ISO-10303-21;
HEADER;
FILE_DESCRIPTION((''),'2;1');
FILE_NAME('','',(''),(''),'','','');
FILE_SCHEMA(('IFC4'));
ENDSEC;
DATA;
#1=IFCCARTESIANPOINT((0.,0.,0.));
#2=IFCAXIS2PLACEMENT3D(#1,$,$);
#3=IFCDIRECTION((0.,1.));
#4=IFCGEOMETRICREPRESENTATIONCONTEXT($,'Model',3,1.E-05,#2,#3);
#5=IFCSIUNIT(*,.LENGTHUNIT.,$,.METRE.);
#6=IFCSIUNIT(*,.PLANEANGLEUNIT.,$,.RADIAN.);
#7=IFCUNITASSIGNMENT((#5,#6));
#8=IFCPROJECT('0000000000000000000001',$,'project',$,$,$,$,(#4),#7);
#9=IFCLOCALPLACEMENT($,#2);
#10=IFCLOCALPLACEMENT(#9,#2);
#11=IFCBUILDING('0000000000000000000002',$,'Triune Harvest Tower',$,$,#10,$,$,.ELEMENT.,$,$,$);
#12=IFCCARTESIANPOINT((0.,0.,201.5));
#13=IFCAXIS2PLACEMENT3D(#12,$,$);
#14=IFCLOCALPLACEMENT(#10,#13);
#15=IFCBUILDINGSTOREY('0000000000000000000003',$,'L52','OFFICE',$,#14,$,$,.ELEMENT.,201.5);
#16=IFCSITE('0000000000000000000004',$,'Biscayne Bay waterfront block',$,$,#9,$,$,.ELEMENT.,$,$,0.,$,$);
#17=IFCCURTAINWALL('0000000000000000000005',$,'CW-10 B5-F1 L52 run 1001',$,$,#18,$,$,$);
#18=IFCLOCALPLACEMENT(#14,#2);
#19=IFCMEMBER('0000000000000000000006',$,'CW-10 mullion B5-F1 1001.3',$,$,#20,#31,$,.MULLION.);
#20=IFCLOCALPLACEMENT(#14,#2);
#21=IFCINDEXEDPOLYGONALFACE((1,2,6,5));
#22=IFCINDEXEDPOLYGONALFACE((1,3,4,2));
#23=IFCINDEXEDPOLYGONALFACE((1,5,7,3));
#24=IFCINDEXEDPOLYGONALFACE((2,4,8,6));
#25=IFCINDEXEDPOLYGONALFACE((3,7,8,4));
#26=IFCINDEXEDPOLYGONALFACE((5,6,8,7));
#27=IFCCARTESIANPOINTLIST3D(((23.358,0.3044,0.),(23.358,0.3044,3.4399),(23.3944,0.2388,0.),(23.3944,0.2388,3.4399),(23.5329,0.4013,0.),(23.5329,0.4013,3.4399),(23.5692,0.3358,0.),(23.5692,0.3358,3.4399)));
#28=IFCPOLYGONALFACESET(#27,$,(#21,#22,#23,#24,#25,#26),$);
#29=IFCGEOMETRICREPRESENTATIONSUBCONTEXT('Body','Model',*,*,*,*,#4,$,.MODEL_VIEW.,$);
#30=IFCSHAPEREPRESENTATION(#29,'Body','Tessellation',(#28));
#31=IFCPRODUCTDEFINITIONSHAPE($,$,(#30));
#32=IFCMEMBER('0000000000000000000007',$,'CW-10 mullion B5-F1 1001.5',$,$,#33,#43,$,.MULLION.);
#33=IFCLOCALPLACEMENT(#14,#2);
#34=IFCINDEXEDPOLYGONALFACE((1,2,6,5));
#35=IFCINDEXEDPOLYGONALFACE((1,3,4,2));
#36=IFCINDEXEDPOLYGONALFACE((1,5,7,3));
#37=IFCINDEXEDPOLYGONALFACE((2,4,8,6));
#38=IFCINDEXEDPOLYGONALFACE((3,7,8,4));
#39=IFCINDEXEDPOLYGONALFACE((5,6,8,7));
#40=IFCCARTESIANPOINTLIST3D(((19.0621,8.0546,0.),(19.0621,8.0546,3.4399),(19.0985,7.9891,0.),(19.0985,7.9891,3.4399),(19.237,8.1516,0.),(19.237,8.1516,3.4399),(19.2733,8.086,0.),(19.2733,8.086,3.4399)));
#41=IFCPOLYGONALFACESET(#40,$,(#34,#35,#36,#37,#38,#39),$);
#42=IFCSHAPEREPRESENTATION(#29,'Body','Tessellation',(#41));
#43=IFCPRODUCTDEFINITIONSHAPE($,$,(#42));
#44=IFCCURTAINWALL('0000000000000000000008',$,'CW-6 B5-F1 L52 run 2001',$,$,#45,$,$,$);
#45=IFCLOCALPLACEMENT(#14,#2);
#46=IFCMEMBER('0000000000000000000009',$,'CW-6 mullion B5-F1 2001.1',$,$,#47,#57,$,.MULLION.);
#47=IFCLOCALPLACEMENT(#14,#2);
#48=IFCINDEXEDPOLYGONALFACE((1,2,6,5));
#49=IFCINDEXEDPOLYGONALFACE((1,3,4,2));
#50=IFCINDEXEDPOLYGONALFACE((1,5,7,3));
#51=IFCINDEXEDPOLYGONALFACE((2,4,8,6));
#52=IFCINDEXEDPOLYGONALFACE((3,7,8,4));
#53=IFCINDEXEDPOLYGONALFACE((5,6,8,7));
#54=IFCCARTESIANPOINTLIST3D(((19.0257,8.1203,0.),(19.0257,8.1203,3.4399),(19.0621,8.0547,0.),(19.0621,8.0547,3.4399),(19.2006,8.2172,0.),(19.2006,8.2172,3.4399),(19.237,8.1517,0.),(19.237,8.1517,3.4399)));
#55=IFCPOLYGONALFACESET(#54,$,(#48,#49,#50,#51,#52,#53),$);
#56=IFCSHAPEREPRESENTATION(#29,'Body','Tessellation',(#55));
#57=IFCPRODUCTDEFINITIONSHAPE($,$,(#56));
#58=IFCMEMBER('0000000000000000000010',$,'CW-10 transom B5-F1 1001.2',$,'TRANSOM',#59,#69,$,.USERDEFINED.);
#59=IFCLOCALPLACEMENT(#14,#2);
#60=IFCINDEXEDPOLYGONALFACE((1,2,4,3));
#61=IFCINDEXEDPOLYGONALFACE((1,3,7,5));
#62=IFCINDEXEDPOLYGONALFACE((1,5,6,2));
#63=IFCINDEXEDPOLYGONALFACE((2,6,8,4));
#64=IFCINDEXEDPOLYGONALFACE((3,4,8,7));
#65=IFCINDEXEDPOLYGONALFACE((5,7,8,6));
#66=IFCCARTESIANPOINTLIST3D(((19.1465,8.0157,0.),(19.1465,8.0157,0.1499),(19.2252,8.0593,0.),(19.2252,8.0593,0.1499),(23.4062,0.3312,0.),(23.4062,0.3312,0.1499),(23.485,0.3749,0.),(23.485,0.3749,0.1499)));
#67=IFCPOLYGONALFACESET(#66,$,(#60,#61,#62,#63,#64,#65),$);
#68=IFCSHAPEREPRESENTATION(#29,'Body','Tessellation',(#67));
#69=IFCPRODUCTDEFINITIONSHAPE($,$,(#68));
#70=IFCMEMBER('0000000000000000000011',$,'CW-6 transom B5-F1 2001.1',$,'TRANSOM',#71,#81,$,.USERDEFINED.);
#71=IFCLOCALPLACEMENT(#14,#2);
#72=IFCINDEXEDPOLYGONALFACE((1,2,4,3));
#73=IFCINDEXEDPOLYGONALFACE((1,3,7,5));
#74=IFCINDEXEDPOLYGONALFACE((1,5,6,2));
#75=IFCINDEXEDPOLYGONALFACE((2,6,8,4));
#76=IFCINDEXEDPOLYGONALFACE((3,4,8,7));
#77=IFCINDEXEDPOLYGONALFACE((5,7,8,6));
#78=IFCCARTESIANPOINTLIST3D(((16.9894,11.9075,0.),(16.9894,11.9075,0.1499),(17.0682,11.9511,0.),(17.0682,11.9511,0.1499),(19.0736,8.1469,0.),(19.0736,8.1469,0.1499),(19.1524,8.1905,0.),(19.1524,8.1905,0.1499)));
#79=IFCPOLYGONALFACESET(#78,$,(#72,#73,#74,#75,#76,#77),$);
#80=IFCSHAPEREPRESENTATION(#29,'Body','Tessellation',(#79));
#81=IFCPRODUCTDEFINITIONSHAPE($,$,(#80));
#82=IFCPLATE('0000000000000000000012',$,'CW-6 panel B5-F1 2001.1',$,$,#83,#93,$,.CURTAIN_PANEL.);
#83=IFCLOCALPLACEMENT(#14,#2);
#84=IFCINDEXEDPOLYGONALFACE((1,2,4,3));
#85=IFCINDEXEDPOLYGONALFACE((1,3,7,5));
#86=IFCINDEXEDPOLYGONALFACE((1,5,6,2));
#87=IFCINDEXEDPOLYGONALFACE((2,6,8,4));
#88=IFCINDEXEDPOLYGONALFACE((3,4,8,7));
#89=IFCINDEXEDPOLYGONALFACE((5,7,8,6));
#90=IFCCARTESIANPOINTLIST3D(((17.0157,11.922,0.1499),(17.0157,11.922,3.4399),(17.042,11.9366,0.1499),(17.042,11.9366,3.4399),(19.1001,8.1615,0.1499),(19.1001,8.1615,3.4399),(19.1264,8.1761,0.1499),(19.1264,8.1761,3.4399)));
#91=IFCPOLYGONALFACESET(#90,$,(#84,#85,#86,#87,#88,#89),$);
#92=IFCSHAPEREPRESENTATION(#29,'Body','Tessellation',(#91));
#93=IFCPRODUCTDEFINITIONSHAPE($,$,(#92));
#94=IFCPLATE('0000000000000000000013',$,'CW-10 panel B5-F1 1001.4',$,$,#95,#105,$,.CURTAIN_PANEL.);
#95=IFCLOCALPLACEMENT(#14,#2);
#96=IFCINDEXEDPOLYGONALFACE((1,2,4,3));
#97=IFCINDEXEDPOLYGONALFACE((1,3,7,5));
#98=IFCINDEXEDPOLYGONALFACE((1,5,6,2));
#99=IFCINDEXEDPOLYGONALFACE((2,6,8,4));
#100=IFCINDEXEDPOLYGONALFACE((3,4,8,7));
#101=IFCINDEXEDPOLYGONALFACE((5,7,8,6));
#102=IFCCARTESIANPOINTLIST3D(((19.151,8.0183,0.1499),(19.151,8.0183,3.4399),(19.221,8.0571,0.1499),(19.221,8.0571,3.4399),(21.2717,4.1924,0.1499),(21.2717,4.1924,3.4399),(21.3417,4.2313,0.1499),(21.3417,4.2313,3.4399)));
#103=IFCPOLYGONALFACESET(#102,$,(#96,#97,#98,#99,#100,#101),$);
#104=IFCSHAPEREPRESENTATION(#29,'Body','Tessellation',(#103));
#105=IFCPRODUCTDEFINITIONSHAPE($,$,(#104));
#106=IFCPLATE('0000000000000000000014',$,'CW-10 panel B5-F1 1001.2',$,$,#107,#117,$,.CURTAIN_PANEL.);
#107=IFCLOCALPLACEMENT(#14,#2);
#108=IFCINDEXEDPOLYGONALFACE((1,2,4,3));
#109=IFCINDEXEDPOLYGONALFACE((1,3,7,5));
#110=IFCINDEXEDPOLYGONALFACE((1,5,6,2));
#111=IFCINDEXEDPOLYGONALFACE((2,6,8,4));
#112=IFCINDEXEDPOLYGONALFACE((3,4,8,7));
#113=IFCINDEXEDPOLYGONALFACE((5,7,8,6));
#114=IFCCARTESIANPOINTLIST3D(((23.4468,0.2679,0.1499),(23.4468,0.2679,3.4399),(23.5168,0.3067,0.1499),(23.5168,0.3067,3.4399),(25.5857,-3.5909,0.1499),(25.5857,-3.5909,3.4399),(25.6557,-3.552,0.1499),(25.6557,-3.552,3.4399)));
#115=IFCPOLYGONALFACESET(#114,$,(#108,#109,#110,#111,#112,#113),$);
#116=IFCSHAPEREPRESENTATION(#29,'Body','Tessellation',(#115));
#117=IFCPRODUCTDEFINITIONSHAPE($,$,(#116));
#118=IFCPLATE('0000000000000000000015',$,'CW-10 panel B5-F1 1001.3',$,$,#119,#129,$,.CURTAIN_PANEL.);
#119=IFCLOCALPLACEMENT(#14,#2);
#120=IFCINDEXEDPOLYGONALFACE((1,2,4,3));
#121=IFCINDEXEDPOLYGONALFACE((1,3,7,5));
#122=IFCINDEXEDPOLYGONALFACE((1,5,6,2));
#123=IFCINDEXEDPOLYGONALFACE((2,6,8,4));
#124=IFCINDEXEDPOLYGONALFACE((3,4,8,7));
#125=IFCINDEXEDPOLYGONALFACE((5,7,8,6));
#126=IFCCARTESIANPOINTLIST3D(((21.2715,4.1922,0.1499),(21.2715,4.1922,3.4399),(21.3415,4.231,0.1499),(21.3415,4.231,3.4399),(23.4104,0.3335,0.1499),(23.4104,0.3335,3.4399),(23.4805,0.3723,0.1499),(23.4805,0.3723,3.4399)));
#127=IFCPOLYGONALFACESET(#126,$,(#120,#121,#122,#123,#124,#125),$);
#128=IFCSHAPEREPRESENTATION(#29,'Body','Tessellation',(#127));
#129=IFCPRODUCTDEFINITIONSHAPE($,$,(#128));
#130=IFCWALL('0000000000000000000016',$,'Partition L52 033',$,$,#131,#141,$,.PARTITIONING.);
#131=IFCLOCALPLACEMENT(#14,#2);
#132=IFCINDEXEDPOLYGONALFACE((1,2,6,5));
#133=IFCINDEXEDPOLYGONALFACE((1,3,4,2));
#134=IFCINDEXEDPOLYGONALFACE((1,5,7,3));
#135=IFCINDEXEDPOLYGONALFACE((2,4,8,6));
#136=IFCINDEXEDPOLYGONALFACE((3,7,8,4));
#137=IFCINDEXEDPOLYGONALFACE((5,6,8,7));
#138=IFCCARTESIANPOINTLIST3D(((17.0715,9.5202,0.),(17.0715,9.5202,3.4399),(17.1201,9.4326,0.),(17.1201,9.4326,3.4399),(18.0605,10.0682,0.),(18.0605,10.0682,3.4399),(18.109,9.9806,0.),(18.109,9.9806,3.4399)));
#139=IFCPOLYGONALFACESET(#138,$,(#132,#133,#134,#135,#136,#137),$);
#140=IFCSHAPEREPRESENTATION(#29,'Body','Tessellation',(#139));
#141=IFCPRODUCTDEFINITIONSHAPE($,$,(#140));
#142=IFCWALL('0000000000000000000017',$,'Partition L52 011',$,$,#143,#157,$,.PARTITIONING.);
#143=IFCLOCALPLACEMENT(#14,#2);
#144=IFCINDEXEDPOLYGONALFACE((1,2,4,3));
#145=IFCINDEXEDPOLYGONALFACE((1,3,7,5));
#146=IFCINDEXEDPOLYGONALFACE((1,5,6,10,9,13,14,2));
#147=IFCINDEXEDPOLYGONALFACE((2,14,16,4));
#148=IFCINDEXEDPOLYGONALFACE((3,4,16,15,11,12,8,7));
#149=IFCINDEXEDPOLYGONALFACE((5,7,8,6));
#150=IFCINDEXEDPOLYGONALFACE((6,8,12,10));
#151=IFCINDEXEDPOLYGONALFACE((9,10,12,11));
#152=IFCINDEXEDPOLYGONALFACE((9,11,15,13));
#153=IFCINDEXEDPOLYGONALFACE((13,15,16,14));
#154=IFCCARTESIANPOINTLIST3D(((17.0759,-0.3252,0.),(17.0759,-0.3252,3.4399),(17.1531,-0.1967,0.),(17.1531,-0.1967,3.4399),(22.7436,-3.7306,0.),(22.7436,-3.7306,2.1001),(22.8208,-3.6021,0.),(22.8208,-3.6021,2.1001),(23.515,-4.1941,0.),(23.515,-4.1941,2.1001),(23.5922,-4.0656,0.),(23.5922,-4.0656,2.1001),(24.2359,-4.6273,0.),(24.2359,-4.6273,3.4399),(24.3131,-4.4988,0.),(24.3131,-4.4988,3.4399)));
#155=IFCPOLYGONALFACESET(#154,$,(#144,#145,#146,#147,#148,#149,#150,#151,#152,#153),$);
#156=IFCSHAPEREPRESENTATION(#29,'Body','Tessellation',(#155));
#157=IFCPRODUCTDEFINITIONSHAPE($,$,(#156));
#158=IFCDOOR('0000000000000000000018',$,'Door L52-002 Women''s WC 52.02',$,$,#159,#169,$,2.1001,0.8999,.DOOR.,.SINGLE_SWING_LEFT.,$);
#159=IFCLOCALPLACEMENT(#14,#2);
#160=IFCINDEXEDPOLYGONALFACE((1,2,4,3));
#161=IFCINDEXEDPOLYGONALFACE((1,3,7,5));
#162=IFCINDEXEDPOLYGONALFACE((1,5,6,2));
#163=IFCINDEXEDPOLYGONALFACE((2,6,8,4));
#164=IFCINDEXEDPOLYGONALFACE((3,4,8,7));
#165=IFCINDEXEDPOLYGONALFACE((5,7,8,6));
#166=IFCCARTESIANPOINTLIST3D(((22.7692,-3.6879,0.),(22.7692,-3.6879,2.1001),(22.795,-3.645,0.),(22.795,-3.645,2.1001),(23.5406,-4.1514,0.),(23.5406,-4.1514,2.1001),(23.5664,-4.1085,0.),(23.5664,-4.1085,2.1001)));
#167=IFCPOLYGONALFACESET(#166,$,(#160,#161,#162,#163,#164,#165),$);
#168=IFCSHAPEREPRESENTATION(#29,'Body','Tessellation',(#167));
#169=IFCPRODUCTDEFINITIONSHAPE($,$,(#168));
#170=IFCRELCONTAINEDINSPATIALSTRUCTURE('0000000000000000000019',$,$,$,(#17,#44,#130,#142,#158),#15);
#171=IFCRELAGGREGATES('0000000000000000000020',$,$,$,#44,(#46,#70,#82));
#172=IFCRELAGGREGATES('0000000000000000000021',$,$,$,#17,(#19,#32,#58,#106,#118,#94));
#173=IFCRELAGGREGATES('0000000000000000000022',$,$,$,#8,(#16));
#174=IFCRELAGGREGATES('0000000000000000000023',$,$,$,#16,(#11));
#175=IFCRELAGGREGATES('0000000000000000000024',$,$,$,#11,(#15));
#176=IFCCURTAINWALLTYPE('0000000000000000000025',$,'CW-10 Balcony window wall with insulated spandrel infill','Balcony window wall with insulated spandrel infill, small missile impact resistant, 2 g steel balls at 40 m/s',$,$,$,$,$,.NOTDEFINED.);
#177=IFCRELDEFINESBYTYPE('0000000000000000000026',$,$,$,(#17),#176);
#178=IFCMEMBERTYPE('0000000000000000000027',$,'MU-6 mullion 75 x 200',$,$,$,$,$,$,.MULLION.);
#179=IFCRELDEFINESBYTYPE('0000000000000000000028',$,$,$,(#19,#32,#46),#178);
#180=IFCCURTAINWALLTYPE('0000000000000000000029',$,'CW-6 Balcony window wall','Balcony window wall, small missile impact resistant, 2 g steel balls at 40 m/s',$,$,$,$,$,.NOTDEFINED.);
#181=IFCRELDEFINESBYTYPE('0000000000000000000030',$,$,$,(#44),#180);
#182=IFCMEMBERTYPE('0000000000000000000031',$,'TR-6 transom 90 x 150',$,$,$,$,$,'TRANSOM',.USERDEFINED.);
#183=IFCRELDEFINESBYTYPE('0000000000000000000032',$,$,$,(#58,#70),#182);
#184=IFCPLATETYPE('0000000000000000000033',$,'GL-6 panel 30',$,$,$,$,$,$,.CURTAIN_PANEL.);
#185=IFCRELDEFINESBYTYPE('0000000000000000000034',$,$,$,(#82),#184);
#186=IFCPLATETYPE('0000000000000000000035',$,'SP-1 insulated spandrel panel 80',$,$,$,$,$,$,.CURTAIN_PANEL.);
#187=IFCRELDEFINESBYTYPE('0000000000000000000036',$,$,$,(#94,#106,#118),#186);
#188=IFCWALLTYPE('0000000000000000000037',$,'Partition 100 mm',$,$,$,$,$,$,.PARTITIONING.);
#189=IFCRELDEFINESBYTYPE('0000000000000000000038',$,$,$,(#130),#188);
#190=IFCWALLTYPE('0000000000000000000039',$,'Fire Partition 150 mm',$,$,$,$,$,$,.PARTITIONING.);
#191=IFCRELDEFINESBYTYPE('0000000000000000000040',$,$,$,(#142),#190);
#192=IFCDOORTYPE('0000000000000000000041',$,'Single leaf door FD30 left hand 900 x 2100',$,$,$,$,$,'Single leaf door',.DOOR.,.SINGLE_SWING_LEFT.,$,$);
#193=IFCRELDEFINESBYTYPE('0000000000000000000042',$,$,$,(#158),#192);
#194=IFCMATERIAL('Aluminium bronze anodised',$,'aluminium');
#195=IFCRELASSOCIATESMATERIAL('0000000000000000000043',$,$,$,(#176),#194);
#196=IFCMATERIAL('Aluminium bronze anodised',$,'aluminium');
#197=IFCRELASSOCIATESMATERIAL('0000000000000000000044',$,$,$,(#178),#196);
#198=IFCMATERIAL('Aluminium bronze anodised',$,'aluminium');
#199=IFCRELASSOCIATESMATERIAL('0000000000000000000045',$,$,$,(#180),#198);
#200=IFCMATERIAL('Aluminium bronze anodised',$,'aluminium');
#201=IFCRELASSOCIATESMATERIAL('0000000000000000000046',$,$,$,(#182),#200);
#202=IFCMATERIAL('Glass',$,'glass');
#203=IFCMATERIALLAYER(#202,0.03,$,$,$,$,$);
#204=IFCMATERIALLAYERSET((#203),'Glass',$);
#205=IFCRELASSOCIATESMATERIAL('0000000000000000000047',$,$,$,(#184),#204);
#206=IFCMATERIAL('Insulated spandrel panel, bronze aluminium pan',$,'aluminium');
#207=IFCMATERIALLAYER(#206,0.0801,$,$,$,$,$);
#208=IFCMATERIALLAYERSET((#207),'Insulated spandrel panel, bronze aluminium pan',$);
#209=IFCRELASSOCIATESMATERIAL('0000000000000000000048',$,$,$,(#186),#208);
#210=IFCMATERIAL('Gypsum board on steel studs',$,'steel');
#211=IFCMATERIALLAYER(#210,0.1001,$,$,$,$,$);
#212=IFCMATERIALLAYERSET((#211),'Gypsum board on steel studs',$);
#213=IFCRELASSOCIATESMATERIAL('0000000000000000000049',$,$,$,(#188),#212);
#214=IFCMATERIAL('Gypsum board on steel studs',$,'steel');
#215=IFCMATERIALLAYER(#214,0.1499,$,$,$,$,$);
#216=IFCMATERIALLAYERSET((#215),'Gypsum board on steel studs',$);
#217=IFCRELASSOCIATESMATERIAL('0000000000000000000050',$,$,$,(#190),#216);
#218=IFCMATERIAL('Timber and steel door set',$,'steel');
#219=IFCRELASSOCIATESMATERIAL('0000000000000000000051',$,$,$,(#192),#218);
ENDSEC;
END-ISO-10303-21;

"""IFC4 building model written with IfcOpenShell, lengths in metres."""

from ifc_helpers import new_model, si_unit, direction, frame, frame_2d, origin, origin_2d, place, context, subcontext, project, spatial, rectangle, extrude, source, transform, mapped, material, layer, layer_set, material_profile, profile_set, type_object, element, fill, aggregate, save


model = new_model("IFC4")

# Units and contexts
model_context = context("Model", 3, precision=1e-05, world=origin(), true_north=direction((0.0, 1.0)))
body_context = subcontext(model_context, "Body", "Model", "MODEL_VIEW")
ifc_project = project(units=[si_unit("LENGTHUNIT", "METRE"), si_unit("PLANEANGLEUNIT", "RADIAN")], contexts=[model_context])

# Site, building, storey
site_placement = place(None, origin())
site = spatial("IfcSite", under=ifc_project, at=site_placement, Name="Biscayne Bay waterfront block", CompositionType="ELEMENT", RefElevation=0.0)
building_placement = place(site_placement, origin())
building = spatial("IfcBuilding", under=site, at=building_placement, Name="Triune Harvest Tower", CompositionType="ELEMENT")
storey_placement = place(building_placement, frame((0.0, 0.0, 201.5)))
storey = spatial("IfcBuildingStorey", under=building, at=storey_placement, Name="L52", Description="OFFICE", CompositionType="ELEMENT", Elevation=201.5)

# Curtain wall, members
ifc_material_1 = material(Name="Aluminium bronze anodised", Category="aluminium")
curtain_wall_type_1 = type_object("IfcCurtainWallType", Name="CW-10 Balcony window wall with insulated spandrel infill", Description="Balcony window wall with insulated spandrel infill, small missile impact resistant, 2 g steel balls at 40 m/s", PredefinedType="NOTDEFINED", material=ifc_material_1)
curtain_wall_1_placement = place(storey_placement, origin())
curtain_wall_1 = element("IfcCurtainWall", 1, at=curtain_wall_1_placement, inside=storey, type_object=curtain_wall_type_1, Name="CW-10 B5-F1 L52 run 1001")
ifc_material_2 = material(Name="Aluminium bronze anodised", Category="aluminium")
ifc_material_profile_1 = material_profile(ifc_material_2, rectangle(XDim=0.2, YDim=0.075, at=origin_2d()), Name="MU-6 mullion 75 x 200")
ifc_profile_set_1 = profile_set([ifc_material_profile_1], Name="Aluminium bronze anodised")
member_type_1 = type_object("IfcMemberType", Name="MU-6 mullion 75 x 200", PredefinedType="MULLION", material=ifc_profile_set_1)
shared_shape_1 = source(origin(), body_context, "Body", "SweptSolid", [
    extrude(rectangle(XDim=0.2, YDim=0.075, at=origin_2d()), origin(), (0.0, 0.0, 1.0), 3.4399),
])
member_1_placement = place(storey_placement, frame((23.4636, 0.3201, 0.0), z_axis=(0.0, 0.0, 1.0), x_axis=(-0.87462, -0.484808, 0.0)))
member_1 = element("IfcMember", 2, at=member_1_placement, type_object=member_type_1, Name="CW-10 mullion B5-F1 1001.3", PredefinedType="MULLION", context=body_context, shape_type="MappedRepresentation", body=[
    mapped(shared_shape_1, transform((0.0, 0.0, 0.0), scale=1.0)),
])
member_2_placement = place(storey_placement, frame((19.1677, 8.0703, 0.0), z_axis=(0.0, 0.0, 1.0), x_axis=(-0.87462, -0.484808, 0.0)))
member_2 = element("IfcMember", 3, at=member_2_placement, type_object=member_type_1, Name="CW-10 mullion B5-F1 1001.5", PredefinedType="MULLION", context=body_context, shape_type="MappedRepresentation", body=[
    mapped(shared_shape_1, transform((0.0, 0.0, 0.0), scale=1.0)),
])

# Curtain wall, member
ifc_material_3 = material(Name="Aluminium bronze anodised", Category="aluminium")
curtain_wall_type_2 = type_object("IfcCurtainWallType", Name="CW-6 Balcony window wall", Description="Balcony window wall, small missile impact resistant, 2 g steel balls at 40 m/s", PredefinedType="NOTDEFINED", material=ifc_material_3)
curtain_wall_2_placement = place(storey_placement, origin())
curtain_wall_2 = element("IfcCurtainWall", 4, at=curtain_wall_2_placement, inside=storey, type_object=curtain_wall_type_2, Name="CW-6 B5-F1 L52 run 2001")
member_3_placement = place(storey_placement, frame((19.1313, 8.136, 0.0), z_axis=(0.0, 0.0, 1.0), x_axis=(-0.874624, -0.484801, 0.0)))
member_3 = element("IfcMember", 5, at=member_3_placement, type_object=member_type_1, Name="CW-6 mullion B5-F1 2001.1", PredefinedType="MULLION", context=body_context, shape_type="MappedRepresentation", body=[
    mapped(shared_shape_1, transform((0.0, 0.0, 0.0), scale=1.0)),
])

# Members
ifc_material_4 = material(Name="Aluminium bronze anodised", Category="aluminium")
ifc_material_profile_2 = material_profile(ifc_material_4, rectangle(XDim=0.0901, YDim=0.1499, at=origin_2d()), Name="TR-6 transom 90 x 150")
ifc_profile_set_2 = profile_set([ifc_material_profile_2], Name="Aluminium bronze anodised")
member_type_2 = type_object("IfcMemberType", Name="TR-6 transom 90 x 150", ElementType="TRANSOM", PredefinedType="USERDEFINED", material=ifc_profile_set_2)
shared_shape_2 = source(origin(), body_context, "Body", "SweptSolid", [
    extrude(rectangle(XDim=0.0901, YDim=0.1499, at=origin_2d()), origin(), (0.0, 0.0, 1.0), 8.7861),
])
member_4_placement = place(storey_placement, frame((23.4456, 0.353, 0.075), z_axis=(-0.484822, 0.874613, 0.0), x_axis=(-0.874613, -0.484822, 0.0)))
member_4 = element("IfcMember", 6, at=member_4_placement, type_object=member_type_2, Name="CW-10 transom B5-F1 1001.2", ObjectType="TRANSOM", PredefinedType="USERDEFINED", context=body_context, shape_type="MappedRepresentation", body=[
    mapped(shared_shape_2, transform((0.0, 0.0, 0.0), scale=1.0)),
])
shared_shape_3 = source(origin(), body_context, "Body", "SweptSolid", [
    extrude(rectangle(XDim=0.0901, YDim=0.1499, at=origin_2d()), origin(), (0.0, 0.0, 1.0), 4.2996),
])
member_5_placement = place(storey_placement, frame((19.113, 8.1687, 0.075), z_axis=(-0.484765, 0.874644, 0.0), x_axis=(-0.874644, -0.484765, 0.0)))
member_5 = element("IfcMember", 7, at=member_5_placement, type_object=member_type_2, Name="CW-6 transom B5-F1 2001.1", ObjectType="TRANSOM", PredefinedType="USERDEFINED", context=body_context, shape_type="MappedRepresentation", body=[
    mapped(shared_shape_3, transform((0.0, 0.0, 0.0), scale=1.0)),
])

# Plates
ifc_material_5 = material(Name="Glass", Category="glass")
ifc_layer_1 = layer(ifc_material_5, 0.03)
ifc_layer_set_1 = layer_set([ifc_layer_1], Name="Glass")
plate_type_1 = type_object("IfcPlateType", Name="GL-6 panel 30", PredefinedType="CURTAIN_PANEL", material=ifc_layer_set_1)
plate_1_placement = place(storey_placement, frame((18.071, 10.0491, 0.1499), z_axis=(0.0, 0.0, 1.0), x_axis=(-0.484801, 0.874624, 0.0)))
plate_1 = element("IfcPlate", 8, at=plate_1_placement, type_object=plate_type_1, Name="CW-6 panel B5-F1 2001.1", PredefinedType="CURTAIN_PANEL", context=body_context, shape_type="SweptSolid", body=[
    extrude(rectangle(XDim=4.2996, YDim=0.03, at=origin_2d()), origin(), (0.0, 0.0, 1.0), 3.29),
])
aggregate(curtain_wall_2, [member_3, member_5, plate_1])
ifc_material_6 = material(Name="Insulated spandrel panel, bronze aluminium pan", Category="aluminium")
ifc_layer_2 = layer(ifc_material_6, 0.0801)
ifc_layer_set_2 = layer_set([ifc_layer_2], Name="Insulated spandrel panel, bronze aluminium pan")
plate_type_2 = type_object("IfcPlateType", Name="SP-1 insulated spandrel panel 80", PredefinedType="CURTAIN_PANEL", material=ifc_layer_set_2)
shared_shape_4 = source(origin(), body_context, "Body", "SweptSolid", [
    extrude(rectangle(XDim=4.3743, YDim=0.0801, at=origin_2d()), origin(), (0.0, 0.0, 1.0), 3.29),
])
plate_2_placement = place(storey_placement, frame((20.2463, 6.1248, 0.1499), z_axis=(0.0, 0.0, 1.0), x_axis=(-0.484808, 0.87462, 0.0)))
plate_2 = element("IfcPlate", 9, at=plate_2_placement, type_object=plate_type_2, Name="CW-10 panel B5-F1 1001.4", PredefinedType="CURTAIN_PANEL", context=body_context, shape_type="MappedRepresentation", body=[
    mapped(shared_shape_4, transform((0.0, 0.0, 0.0), scale=1.0)),
])
shared_shape_5 = source(origin(), body_context, "Body", "SweptSolid", [
    extrude(rectangle(XDim=4.4119, YDim=0.0801, at=origin_2d()), origin(), (0.0, 0.0, 1.0), 3.29),
])
plate_3_placement = place(storey_placement, frame((24.5513, -1.6421, 0.1499), z_axis=(0.0, 0.0, 1.0), x_axis=(-0.484808, 0.87462, 0.0)))
plate_3 = element("IfcPlate", 10, at=plate_3_placement, type_object=plate_type_2, Name="CW-10 panel B5-F1 1001.2", PredefinedType="CURTAIN_PANEL", context=body_context, shape_type="MappedRepresentation", body=[
    mapped(shared_shape_5, transform((0.0, 0.0, 0.0), scale=1.0)),
])
plate_4_placement = place(storey_placement, frame((22.376, 2.2822, 0.1499), z_axis=(0.0, 0.0, 1.0), x_axis=(-0.484808, 0.87462, 0.0)))
plate_4 = element("IfcPlate", 11, at=plate_4_placement, type_object=plate_type_2, Name="CW-10 panel B5-F1 1001.3", PredefinedType="CURTAIN_PANEL", context=body_context, shape_type="MappedRepresentation", body=[
    mapped(shared_shape_5, transform((0.0, 0.0, 0.0), scale=1.0)),
])
aggregate(curtain_wall_1, [member_1, member_2, member_4, plate_3, plate_4, plate_2])

# Wall
ifc_material_7 = material(Name="Gypsum board on steel studs", Category="steel")
ifc_layer_3 = layer(ifc_material_7, 0.1001)
ifc_layer_set_3 = layer_set([ifc_layer_3], Name="Gypsum board on steel studs")
wall_type_1 = type_object("IfcWallType", Name="Partition 100 mm", PredefinedType="PARTITIONING", material=ifc_layer_set_3)
shared_shape_6 = source(origin(), body_context, "Body", "SweptSolid", [
    extrude(rectangle(XDim=1.1306, YDim=0.1001, at=frame_2d((0.5654, 0.0))), origin(), (0.0, 0.0, 1.0), 3.4399),
])
wall_1_placement = place(storey_placement, frame((17.0957, 9.4763, 0.0), z_axis=(0.0, 0.0, 1.0), x_axis=(0.874666, 0.484726, 0.0)))
element("IfcWall", 12, at=wall_1_placement, inside=storey, type_object=wall_type_1, Name="Partition L52 033", PredefinedType="PARTITIONING", context=body_context, shape_type="MappedRepresentation", body=[
    mapped(shared_shape_6, transform((0.0, 0.0, 0.0), scale=1.0)),
])

# Wall, opening, door
ifc_material_8 = material(Name="Gypsum board on steel studs", Category="steel")
ifc_layer_4 = layer(ifc_material_8, 0.1499)
ifc_layer_set_4 = layer_set([ifc_layer_4], Name="Gypsum board on steel studs")
wall_type_2 = type_object("IfcWallType", Name="Fire Partition 150 mm", PredefinedType="PARTITIONING", material=ifc_layer_set_4)
shared_shape_7 = source(origin(), body_context, "Body", "SweptSolid", [
    extrude(rectangle(XDim=8.353, YDim=0.1499, at=frame_2d((4.1765, 0.0))), origin(), (0.0, 0.0, 1.0), 3.4399),
])
wall_2_placement = place(storey_placement, frame((17.1145, -0.261, 0.0), z_axis=(0.0, 0.0, 1.0), x_axis=(0.857173, -0.515029, 0.0)))
wall_2 = element("IfcWall", 13, at=wall_2_placement, inside=storey, type_object=wall_type_2, Name="Partition L52 011", PredefinedType="PARTITIONING", context=body_context, shape_type="MappedRepresentation", body=[
    mapped(shared_shape_7, transform((0.0, 0.0, 0.0), scale=1.0)),
])
opening_placement = place(wall_2_placement, frame((6.6121, 0.0, 0.0)))
opening = element("IfcOpeningElement", 14, at=opening_placement, cuts=wall_2, PredefinedType="OPENING", context=body_context, shape_type="SweptSolid", body=[
    extrude(rectangle(XDim=0.8999, YDim=2.1001, at=frame_2d((0.45, 1.05))), frame((0.0, 0.085, 0.0), z_axis=(0.0, -1.0, 0.0), x_axis=(1.0, 0.0, 0.0)), (0.0, 0.0, 1.0), 0.1699),
])
ifc_material_9 = material(Name="Timber and steel door set", Category="steel")
door_type = type_object("IfcDoorType", Name="Single leaf door FD30 left hand 900 x 2100", ElementType="Single leaf door", OperationType="SINGLE_SWING_LEFT", PredefinedType="DOOR", material=ifc_material_9)
door_placement = place(opening_placement, origin())
door = element("IfcDoor", 15, at=door_placement, inside=storey, type_object=door_type, Name="Door L52-002 Women's WC 52.02", OperationType="SINGLE_SWING_LEFT", OverallHeight=2.1001, OverallWidth=0.8999, PredefinedType="DOOR", context=body_context, shape_type="SweptSolid", body=[
    extrude(rectangle(XDim=0.8999, YDim=2.1001, at=frame_2d((0.45, 1.05))), frame((0.0, 0.0249, 0.0), z_axis=(0.0, -1.0, 0.0), x_axis=(1.0, 0.0, 0.0)), (0.0, 0.0, 1.0), 0.05),
])
fill(opening, door)

save(model, "model.ifc")
